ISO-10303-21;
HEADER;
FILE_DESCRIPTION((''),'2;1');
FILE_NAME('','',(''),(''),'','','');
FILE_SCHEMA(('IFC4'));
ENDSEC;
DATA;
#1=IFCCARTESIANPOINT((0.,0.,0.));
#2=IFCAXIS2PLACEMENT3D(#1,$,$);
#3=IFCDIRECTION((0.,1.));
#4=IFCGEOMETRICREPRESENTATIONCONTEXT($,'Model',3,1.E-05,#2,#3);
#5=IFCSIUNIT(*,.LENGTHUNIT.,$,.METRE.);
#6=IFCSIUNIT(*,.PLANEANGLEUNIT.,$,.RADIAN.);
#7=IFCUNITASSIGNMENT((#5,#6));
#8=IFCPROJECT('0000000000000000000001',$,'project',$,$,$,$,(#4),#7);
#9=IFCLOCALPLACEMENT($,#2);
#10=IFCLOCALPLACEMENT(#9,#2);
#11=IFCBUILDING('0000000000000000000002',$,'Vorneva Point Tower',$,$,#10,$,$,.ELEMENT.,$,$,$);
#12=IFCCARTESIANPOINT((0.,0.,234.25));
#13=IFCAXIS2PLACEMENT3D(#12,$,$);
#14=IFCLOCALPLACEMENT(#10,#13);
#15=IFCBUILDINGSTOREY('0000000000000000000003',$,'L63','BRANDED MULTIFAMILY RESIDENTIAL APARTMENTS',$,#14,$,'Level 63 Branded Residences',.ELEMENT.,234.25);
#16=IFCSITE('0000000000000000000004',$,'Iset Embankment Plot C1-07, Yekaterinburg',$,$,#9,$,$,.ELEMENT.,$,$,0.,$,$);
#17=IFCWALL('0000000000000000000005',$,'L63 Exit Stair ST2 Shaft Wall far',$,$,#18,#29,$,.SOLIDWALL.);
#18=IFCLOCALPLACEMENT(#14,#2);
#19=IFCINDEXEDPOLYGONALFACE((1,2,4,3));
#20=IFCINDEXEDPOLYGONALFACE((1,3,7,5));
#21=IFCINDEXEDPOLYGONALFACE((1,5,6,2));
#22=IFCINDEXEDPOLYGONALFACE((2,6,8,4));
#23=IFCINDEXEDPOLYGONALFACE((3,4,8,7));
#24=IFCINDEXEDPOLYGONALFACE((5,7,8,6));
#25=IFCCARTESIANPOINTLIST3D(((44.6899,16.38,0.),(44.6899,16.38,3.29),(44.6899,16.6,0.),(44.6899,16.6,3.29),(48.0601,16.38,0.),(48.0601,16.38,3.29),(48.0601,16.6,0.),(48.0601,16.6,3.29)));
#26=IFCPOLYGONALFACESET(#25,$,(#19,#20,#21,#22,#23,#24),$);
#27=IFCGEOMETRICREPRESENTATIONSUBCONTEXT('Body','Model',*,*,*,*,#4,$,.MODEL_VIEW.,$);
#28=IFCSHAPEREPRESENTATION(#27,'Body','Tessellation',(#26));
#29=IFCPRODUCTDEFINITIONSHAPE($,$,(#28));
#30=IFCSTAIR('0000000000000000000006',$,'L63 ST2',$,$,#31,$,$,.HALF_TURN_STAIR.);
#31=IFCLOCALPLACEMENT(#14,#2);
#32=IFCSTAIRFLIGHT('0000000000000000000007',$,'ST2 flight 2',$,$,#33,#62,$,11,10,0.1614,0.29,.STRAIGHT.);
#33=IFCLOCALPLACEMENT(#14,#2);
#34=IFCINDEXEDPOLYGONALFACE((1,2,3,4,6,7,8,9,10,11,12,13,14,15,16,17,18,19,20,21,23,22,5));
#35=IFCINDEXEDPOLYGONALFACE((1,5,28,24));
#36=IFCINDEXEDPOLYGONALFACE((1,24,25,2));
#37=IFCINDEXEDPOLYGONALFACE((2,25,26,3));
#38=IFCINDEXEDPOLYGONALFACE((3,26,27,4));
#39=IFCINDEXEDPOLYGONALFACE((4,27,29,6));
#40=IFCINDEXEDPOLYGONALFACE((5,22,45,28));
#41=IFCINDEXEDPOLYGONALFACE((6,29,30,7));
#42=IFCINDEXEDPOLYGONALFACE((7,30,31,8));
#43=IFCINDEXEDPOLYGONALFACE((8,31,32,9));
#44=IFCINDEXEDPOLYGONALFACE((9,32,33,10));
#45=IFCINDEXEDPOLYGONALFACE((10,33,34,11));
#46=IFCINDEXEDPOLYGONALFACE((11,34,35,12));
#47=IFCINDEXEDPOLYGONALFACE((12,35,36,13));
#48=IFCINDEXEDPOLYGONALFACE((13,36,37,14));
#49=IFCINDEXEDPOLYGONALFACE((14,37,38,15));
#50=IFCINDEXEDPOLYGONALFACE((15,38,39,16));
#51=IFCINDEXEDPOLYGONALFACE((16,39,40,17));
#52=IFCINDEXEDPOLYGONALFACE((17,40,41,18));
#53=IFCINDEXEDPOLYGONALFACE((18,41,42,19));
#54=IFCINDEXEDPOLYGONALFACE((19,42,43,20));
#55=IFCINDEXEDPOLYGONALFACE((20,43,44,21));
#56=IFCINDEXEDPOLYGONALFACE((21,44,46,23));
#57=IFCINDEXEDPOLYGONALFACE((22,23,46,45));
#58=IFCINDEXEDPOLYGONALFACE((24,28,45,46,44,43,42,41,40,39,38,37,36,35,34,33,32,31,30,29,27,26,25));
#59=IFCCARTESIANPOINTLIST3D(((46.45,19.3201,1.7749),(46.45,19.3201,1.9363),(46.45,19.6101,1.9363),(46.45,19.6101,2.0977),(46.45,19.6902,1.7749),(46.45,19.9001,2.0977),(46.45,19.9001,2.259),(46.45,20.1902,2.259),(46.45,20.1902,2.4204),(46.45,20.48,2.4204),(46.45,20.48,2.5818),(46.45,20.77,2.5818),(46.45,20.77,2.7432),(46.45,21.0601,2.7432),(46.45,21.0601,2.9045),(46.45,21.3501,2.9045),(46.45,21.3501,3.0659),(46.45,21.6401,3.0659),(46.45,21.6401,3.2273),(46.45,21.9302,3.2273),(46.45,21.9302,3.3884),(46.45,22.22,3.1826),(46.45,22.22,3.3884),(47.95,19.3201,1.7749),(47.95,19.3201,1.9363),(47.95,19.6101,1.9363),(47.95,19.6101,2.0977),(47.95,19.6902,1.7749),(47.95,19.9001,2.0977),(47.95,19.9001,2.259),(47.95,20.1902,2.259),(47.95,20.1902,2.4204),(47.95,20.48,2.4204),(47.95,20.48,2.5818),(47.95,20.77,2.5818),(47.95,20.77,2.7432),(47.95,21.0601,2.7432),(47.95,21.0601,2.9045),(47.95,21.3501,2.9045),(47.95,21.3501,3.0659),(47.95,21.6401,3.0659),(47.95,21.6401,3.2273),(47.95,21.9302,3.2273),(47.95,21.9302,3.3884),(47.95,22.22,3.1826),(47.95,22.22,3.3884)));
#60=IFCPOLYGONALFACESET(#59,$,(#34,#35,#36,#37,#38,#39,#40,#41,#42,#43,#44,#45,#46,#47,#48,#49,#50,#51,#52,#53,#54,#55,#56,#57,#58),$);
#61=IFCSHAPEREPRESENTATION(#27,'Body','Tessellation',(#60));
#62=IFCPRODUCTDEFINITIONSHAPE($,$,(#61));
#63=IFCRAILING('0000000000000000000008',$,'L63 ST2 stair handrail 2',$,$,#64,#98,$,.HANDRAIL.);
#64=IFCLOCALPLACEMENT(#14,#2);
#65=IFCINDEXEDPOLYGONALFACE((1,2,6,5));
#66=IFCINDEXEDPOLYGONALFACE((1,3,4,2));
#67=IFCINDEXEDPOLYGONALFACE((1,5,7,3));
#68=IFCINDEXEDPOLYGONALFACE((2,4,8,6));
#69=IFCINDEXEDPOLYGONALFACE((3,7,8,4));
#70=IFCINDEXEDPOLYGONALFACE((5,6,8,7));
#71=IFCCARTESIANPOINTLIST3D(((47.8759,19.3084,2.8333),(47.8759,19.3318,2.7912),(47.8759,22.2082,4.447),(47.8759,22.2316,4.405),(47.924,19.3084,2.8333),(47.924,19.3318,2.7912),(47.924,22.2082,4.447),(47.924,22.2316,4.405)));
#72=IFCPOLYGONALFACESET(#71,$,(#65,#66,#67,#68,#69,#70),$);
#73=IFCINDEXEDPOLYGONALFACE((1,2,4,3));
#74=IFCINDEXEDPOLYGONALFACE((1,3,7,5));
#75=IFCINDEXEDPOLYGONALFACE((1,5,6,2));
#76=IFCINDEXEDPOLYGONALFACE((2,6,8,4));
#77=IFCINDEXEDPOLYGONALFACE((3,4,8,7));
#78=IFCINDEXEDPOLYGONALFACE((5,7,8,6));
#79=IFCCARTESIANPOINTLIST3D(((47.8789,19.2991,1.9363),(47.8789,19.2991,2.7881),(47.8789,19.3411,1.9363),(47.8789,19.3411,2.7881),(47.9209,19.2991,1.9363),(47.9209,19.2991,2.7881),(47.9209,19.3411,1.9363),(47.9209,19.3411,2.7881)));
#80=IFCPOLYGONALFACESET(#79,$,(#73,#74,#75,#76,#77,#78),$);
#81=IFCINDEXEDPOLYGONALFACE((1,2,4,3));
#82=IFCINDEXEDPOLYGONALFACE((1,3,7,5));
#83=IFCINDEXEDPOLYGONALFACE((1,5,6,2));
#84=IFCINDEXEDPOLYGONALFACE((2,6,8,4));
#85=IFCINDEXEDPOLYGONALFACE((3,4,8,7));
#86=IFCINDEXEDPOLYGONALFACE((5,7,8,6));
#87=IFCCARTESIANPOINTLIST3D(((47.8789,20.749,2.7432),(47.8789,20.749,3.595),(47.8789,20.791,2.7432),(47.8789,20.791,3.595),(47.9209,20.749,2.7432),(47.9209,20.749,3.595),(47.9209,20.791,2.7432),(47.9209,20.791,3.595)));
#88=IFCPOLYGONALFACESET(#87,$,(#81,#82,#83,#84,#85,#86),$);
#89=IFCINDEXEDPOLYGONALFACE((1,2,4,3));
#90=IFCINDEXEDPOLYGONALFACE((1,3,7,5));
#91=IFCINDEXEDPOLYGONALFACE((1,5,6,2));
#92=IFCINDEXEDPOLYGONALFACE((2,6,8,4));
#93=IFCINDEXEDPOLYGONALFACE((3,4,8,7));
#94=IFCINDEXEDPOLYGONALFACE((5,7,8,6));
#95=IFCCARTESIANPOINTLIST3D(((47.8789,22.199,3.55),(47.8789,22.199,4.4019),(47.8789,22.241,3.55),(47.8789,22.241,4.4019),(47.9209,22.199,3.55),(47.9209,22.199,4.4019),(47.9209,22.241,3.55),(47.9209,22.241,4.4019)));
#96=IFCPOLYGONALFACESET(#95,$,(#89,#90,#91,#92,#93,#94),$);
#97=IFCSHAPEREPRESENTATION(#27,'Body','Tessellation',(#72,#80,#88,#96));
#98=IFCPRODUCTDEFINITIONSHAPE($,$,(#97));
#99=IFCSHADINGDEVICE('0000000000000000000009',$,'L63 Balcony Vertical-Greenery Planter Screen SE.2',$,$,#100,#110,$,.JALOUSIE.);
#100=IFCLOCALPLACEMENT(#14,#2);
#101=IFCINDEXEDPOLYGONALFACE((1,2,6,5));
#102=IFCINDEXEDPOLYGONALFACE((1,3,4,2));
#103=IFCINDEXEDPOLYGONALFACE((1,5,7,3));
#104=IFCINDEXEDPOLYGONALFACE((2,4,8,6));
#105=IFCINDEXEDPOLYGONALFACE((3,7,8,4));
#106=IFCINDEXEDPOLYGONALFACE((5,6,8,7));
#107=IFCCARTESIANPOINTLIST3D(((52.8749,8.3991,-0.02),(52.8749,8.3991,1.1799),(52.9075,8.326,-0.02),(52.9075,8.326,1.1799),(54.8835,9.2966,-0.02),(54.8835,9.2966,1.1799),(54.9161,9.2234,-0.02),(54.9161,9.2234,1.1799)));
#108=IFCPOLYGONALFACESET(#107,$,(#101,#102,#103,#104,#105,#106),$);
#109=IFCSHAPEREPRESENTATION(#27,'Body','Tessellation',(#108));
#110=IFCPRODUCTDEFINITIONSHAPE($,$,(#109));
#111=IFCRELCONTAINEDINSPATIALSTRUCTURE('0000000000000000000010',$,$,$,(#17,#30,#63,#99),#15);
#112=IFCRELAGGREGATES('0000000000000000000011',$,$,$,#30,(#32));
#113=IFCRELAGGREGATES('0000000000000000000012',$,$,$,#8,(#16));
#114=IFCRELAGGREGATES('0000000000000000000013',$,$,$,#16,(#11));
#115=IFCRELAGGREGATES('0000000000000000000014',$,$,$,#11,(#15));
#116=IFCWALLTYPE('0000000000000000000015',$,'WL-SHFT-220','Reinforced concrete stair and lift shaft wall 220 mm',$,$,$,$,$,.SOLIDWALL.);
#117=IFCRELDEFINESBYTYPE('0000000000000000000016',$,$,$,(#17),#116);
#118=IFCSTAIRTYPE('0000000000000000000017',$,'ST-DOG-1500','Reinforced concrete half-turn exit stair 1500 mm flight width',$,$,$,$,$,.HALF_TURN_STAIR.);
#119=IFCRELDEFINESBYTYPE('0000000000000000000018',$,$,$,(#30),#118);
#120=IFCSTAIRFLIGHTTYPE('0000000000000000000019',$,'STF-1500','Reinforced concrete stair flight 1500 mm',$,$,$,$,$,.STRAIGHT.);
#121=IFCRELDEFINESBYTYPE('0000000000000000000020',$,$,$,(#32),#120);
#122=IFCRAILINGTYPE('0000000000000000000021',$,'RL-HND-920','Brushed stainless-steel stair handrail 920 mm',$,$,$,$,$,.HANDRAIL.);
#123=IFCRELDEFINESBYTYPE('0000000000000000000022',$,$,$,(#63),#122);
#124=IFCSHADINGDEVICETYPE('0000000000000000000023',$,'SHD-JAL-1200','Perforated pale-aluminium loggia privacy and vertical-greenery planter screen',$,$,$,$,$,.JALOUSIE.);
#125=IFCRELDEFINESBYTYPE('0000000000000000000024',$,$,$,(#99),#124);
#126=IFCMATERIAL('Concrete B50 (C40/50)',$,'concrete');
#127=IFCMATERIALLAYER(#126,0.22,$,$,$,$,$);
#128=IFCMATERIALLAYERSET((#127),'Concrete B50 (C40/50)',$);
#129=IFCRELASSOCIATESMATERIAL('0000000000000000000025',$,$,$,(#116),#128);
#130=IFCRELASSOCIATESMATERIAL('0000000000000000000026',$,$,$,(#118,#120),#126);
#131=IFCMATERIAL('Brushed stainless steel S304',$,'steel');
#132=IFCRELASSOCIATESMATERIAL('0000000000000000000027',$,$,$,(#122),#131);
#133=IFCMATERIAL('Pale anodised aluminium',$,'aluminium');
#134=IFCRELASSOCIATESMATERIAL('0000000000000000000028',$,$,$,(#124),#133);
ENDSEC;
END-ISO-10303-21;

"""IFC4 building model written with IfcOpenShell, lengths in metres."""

from ifc_helpers import new_model, si_unit, direction, frame, frame_2d, origin, origin_2d, place, context, subcontext, project, spatial, polyline, rectangle, outline, extrude, material, layer, layer_set, type_object, element, aggregate, save


model = new_model("IFC4")

# Units and contexts
model_context = context("Model", 3, precision=1e-05, world=origin(), true_north=direction((0.0, 1.0)))
body_context = subcontext(model_context, "Body", "Model", "MODEL_VIEW")
ifc_project = project(units=[si_unit("LENGTHUNIT", "METRE"), si_unit("PLANEANGLEUNIT", "RADIAN")], contexts=[model_context])

# Site, building, storey
site_placement = place(None, origin())
site = spatial("IfcSite", under=ifc_project, at=site_placement, Name="Iset Embankment Plot C1-07, Yekaterinburg", CompositionType="ELEMENT", RefElevation=0.0)
building_placement = place(site_placement, origin())
building = spatial("IfcBuilding", under=site, at=building_placement, Name="Vorneva Point Tower", CompositionType="ELEMENT")
storey_placement = place(building_placement, frame((0.0, 0.0, 234.25)))
storey = spatial("IfcBuildingStorey", under=building, at=storey_placement, Name="L63", Description="BRANDED MULTIFAMILY RESIDENTIAL APARTMENTS", LongName="Level 63 Branded Residences", CompositionType="ELEMENT", Elevation=234.25)

# Shared definitions
ifc_material_1 = material(Name="Concrete B50 (C40/50)", Category="concrete")

# Shared definitions
ifc_material_2 = material(Name="Pale anodised aluminium", Category="aluminium")

# Wall
ifc_layer_1 = layer(ifc_material_1, 0.22)
ifc_layer_set_1 = layer_set([ifc_layer_1], Name="Concrete B50 (C40/50)")
wall_type_1 = type_object("IfcWallType", Name="WL-SHFT-220", Description="Reinforced concrete stair and lift shaft wall 220 mm", PredefinedType="SOLIDWALL", material=ifc_layer_set_1)
wall_1_placement = place(storey_placement, frame((48.0601, 16.49, 0.0), z_axis=(0.0, 0.0, 1.0), x_axis=(-1.0, 0.0, 0.0)))
element("IfcWall", 1, at=wall_1_placement, inside=storey, type_object=wall_type_1, Name="L63 Exit Stair ST2 Shaft Wall far", PredefinedType="SOLIDWALL", context=body_context, shape_type="SweptSolid", body=[
    extrude(rectangle(XDim=3.3701, YDim=0.22, at=frame_2d((1.6851, 0.0))), origin(), (0.0, 0.0, 1.0), 3.29),
])

# Stair, stair flight
stair_type = type_object("IfcStairType", Name="ST-DOG-1500", Description="Reinforced concrete half-turn exit stair 1500 mm flight width", PredefinedType="HALF_TURN_STAIR", material=ifc_material_1)
stair_placement = place(storey_placement, origin())
stair = element("IfcStair", 2, at=stair_placement, inside=storey, type_object=stair_type, Name="L63 ST2", PredefinedType="HALF_TURN_STAIR")
stair_flight_type = type_object("IfcStairFlightType", Name="STF-1500", Description="Reinforced concrete stair flight 1500 mm", PredefinedType="STRAIGHT", material=ifc_material_1)
stair_flight_placement = place(storey_placement, frame((47.2, 19.3201, 1.7749), z_axis=(0.0, 0.0, 1.0), x_axis=(0.0, 1.0, 0.0)))
stair_flight = element("IfcStairFlight", 3, at=stair_flight_placement, type_object=stair_flight_type, Name="ST2 flight 2", NumberOfRisers=11, NumberOfTreads=10, PredefinedType="STRAIGHT", RiserHeight=0.1614, TreadLength=0.29, context=body_context, shape_type="SweptSolid", body=[
    extrude(outline(polyline([(0.0, 0.0), (0.0, 0.1614), (0.29, 0.1614), (0.29, 0.3228), (0.5801, 0.3228), (0.5801, 0.4841), (0.8701, 0.4841), (0.8701, 0.6455), (1.1599, 0.6455), (1.1599, 0.8069), (1.45, 0.8069), (1.45, 0.9683), (1.74, 0.9683), (1.74, 1.1296), (2.03, 1.1296), (2.03, 1.291), (2.3201, 1.291), (2.3201, 1.4524), (2.6101, 1.4524), (2.6101, 1.6135), (2.8999, 1.6135), (2.8999, 1.7749), (2.8999, 1.4077), (0.3701, 0.0), (0.0, 0.0)])), frame((0.0, 0.75, 0.0), z_axis=(0.0, -1.0, 0.0), x_axis=(1.0, 0.0, 0.0)), (0.0, 0.0, 1.0), 1.5),
])
aggregate(stair, [stair_flight])

# Railing
ifc_material_3 = material(Name="Brushed stainless steel S304", Category="steel")
railing_type = type_object("IfcRailingType", Name="RL-HND-920", Description="Brushed stainless-steel stair handrail 920 mm", PredefinedType="HANDRAIL", material=ifc_material_3)
railing_placement = place(storey_placement, frame((47.8999, 19.3201, 1.9363)))
element("IfcRailing", 4, at=railing_placement, inside=storey, type_object=railing_type, Name="L63 ST2 stair handrail 2", PredefinedType="HANDRAIL", context=body_context, shape_type="SweptSolid", body=[
    extrude(rectangle(XDim=0.0481, YDim=0.0481, at=origin_2d()), frame((0.0, 0.0, 0.876), z_axis=(0.0, 0.87381, 0.486267), x_axis=(-1.0, 0.0, 0.0)), (0.0, 0.0, 1.0), 3.3186),
    extrude(rectangle(XDim=0.042, YDim=0.042, at=origin_2d()), origin(), (0.0, 0.0, 1.0), 0.8518),
    extrude(rectangle(XDim=0.042, YDim=0.042, at=origin_2d()), frame((0.0, 1.45, 0.8069)), (0.0, 0.0, 1.0), 0.8518),
    extrude(rectangle(XDim=0.042, YDim=0.042, at=origin_2d()), frame((0.0, 2.8999, 1.6138)), (0.0, 0.0, 1.0), 0.8518),
])

# Shading device
shading_device_type = type_object("IfcShadingDeviceType", Name="SHD-JAL-1200", Description="Perforated pale-aluminium loggia privacy and vertical-greenery planter screen", PredefinedType="JALOUSIE", material=ifc_material_2)
shading_device_placement = place(storey_placement, frame((53.8955, 8.8113, -0.02), z_axis=(0.0, 0.0, 1.0), x_axis=(0.913012, 0.407932, 0.0)))
element("IfcShadingDevice", 5, at=shading_device_placement, inside=storey, type_object=shading_device_type, Name="L63 Balcony Vertical-Greenery Planter Screen SE.2", PredefinedType="JALOUSIE", context=body_context, shape_type="SweptSolid", body=[
    extrude(rectangle(XDim=2.2, YDim=0.0801, at=origin_2d()), origin(), (0.0, 0.0, 1.0), 1.2),
])

save(model, "model.ifc")
